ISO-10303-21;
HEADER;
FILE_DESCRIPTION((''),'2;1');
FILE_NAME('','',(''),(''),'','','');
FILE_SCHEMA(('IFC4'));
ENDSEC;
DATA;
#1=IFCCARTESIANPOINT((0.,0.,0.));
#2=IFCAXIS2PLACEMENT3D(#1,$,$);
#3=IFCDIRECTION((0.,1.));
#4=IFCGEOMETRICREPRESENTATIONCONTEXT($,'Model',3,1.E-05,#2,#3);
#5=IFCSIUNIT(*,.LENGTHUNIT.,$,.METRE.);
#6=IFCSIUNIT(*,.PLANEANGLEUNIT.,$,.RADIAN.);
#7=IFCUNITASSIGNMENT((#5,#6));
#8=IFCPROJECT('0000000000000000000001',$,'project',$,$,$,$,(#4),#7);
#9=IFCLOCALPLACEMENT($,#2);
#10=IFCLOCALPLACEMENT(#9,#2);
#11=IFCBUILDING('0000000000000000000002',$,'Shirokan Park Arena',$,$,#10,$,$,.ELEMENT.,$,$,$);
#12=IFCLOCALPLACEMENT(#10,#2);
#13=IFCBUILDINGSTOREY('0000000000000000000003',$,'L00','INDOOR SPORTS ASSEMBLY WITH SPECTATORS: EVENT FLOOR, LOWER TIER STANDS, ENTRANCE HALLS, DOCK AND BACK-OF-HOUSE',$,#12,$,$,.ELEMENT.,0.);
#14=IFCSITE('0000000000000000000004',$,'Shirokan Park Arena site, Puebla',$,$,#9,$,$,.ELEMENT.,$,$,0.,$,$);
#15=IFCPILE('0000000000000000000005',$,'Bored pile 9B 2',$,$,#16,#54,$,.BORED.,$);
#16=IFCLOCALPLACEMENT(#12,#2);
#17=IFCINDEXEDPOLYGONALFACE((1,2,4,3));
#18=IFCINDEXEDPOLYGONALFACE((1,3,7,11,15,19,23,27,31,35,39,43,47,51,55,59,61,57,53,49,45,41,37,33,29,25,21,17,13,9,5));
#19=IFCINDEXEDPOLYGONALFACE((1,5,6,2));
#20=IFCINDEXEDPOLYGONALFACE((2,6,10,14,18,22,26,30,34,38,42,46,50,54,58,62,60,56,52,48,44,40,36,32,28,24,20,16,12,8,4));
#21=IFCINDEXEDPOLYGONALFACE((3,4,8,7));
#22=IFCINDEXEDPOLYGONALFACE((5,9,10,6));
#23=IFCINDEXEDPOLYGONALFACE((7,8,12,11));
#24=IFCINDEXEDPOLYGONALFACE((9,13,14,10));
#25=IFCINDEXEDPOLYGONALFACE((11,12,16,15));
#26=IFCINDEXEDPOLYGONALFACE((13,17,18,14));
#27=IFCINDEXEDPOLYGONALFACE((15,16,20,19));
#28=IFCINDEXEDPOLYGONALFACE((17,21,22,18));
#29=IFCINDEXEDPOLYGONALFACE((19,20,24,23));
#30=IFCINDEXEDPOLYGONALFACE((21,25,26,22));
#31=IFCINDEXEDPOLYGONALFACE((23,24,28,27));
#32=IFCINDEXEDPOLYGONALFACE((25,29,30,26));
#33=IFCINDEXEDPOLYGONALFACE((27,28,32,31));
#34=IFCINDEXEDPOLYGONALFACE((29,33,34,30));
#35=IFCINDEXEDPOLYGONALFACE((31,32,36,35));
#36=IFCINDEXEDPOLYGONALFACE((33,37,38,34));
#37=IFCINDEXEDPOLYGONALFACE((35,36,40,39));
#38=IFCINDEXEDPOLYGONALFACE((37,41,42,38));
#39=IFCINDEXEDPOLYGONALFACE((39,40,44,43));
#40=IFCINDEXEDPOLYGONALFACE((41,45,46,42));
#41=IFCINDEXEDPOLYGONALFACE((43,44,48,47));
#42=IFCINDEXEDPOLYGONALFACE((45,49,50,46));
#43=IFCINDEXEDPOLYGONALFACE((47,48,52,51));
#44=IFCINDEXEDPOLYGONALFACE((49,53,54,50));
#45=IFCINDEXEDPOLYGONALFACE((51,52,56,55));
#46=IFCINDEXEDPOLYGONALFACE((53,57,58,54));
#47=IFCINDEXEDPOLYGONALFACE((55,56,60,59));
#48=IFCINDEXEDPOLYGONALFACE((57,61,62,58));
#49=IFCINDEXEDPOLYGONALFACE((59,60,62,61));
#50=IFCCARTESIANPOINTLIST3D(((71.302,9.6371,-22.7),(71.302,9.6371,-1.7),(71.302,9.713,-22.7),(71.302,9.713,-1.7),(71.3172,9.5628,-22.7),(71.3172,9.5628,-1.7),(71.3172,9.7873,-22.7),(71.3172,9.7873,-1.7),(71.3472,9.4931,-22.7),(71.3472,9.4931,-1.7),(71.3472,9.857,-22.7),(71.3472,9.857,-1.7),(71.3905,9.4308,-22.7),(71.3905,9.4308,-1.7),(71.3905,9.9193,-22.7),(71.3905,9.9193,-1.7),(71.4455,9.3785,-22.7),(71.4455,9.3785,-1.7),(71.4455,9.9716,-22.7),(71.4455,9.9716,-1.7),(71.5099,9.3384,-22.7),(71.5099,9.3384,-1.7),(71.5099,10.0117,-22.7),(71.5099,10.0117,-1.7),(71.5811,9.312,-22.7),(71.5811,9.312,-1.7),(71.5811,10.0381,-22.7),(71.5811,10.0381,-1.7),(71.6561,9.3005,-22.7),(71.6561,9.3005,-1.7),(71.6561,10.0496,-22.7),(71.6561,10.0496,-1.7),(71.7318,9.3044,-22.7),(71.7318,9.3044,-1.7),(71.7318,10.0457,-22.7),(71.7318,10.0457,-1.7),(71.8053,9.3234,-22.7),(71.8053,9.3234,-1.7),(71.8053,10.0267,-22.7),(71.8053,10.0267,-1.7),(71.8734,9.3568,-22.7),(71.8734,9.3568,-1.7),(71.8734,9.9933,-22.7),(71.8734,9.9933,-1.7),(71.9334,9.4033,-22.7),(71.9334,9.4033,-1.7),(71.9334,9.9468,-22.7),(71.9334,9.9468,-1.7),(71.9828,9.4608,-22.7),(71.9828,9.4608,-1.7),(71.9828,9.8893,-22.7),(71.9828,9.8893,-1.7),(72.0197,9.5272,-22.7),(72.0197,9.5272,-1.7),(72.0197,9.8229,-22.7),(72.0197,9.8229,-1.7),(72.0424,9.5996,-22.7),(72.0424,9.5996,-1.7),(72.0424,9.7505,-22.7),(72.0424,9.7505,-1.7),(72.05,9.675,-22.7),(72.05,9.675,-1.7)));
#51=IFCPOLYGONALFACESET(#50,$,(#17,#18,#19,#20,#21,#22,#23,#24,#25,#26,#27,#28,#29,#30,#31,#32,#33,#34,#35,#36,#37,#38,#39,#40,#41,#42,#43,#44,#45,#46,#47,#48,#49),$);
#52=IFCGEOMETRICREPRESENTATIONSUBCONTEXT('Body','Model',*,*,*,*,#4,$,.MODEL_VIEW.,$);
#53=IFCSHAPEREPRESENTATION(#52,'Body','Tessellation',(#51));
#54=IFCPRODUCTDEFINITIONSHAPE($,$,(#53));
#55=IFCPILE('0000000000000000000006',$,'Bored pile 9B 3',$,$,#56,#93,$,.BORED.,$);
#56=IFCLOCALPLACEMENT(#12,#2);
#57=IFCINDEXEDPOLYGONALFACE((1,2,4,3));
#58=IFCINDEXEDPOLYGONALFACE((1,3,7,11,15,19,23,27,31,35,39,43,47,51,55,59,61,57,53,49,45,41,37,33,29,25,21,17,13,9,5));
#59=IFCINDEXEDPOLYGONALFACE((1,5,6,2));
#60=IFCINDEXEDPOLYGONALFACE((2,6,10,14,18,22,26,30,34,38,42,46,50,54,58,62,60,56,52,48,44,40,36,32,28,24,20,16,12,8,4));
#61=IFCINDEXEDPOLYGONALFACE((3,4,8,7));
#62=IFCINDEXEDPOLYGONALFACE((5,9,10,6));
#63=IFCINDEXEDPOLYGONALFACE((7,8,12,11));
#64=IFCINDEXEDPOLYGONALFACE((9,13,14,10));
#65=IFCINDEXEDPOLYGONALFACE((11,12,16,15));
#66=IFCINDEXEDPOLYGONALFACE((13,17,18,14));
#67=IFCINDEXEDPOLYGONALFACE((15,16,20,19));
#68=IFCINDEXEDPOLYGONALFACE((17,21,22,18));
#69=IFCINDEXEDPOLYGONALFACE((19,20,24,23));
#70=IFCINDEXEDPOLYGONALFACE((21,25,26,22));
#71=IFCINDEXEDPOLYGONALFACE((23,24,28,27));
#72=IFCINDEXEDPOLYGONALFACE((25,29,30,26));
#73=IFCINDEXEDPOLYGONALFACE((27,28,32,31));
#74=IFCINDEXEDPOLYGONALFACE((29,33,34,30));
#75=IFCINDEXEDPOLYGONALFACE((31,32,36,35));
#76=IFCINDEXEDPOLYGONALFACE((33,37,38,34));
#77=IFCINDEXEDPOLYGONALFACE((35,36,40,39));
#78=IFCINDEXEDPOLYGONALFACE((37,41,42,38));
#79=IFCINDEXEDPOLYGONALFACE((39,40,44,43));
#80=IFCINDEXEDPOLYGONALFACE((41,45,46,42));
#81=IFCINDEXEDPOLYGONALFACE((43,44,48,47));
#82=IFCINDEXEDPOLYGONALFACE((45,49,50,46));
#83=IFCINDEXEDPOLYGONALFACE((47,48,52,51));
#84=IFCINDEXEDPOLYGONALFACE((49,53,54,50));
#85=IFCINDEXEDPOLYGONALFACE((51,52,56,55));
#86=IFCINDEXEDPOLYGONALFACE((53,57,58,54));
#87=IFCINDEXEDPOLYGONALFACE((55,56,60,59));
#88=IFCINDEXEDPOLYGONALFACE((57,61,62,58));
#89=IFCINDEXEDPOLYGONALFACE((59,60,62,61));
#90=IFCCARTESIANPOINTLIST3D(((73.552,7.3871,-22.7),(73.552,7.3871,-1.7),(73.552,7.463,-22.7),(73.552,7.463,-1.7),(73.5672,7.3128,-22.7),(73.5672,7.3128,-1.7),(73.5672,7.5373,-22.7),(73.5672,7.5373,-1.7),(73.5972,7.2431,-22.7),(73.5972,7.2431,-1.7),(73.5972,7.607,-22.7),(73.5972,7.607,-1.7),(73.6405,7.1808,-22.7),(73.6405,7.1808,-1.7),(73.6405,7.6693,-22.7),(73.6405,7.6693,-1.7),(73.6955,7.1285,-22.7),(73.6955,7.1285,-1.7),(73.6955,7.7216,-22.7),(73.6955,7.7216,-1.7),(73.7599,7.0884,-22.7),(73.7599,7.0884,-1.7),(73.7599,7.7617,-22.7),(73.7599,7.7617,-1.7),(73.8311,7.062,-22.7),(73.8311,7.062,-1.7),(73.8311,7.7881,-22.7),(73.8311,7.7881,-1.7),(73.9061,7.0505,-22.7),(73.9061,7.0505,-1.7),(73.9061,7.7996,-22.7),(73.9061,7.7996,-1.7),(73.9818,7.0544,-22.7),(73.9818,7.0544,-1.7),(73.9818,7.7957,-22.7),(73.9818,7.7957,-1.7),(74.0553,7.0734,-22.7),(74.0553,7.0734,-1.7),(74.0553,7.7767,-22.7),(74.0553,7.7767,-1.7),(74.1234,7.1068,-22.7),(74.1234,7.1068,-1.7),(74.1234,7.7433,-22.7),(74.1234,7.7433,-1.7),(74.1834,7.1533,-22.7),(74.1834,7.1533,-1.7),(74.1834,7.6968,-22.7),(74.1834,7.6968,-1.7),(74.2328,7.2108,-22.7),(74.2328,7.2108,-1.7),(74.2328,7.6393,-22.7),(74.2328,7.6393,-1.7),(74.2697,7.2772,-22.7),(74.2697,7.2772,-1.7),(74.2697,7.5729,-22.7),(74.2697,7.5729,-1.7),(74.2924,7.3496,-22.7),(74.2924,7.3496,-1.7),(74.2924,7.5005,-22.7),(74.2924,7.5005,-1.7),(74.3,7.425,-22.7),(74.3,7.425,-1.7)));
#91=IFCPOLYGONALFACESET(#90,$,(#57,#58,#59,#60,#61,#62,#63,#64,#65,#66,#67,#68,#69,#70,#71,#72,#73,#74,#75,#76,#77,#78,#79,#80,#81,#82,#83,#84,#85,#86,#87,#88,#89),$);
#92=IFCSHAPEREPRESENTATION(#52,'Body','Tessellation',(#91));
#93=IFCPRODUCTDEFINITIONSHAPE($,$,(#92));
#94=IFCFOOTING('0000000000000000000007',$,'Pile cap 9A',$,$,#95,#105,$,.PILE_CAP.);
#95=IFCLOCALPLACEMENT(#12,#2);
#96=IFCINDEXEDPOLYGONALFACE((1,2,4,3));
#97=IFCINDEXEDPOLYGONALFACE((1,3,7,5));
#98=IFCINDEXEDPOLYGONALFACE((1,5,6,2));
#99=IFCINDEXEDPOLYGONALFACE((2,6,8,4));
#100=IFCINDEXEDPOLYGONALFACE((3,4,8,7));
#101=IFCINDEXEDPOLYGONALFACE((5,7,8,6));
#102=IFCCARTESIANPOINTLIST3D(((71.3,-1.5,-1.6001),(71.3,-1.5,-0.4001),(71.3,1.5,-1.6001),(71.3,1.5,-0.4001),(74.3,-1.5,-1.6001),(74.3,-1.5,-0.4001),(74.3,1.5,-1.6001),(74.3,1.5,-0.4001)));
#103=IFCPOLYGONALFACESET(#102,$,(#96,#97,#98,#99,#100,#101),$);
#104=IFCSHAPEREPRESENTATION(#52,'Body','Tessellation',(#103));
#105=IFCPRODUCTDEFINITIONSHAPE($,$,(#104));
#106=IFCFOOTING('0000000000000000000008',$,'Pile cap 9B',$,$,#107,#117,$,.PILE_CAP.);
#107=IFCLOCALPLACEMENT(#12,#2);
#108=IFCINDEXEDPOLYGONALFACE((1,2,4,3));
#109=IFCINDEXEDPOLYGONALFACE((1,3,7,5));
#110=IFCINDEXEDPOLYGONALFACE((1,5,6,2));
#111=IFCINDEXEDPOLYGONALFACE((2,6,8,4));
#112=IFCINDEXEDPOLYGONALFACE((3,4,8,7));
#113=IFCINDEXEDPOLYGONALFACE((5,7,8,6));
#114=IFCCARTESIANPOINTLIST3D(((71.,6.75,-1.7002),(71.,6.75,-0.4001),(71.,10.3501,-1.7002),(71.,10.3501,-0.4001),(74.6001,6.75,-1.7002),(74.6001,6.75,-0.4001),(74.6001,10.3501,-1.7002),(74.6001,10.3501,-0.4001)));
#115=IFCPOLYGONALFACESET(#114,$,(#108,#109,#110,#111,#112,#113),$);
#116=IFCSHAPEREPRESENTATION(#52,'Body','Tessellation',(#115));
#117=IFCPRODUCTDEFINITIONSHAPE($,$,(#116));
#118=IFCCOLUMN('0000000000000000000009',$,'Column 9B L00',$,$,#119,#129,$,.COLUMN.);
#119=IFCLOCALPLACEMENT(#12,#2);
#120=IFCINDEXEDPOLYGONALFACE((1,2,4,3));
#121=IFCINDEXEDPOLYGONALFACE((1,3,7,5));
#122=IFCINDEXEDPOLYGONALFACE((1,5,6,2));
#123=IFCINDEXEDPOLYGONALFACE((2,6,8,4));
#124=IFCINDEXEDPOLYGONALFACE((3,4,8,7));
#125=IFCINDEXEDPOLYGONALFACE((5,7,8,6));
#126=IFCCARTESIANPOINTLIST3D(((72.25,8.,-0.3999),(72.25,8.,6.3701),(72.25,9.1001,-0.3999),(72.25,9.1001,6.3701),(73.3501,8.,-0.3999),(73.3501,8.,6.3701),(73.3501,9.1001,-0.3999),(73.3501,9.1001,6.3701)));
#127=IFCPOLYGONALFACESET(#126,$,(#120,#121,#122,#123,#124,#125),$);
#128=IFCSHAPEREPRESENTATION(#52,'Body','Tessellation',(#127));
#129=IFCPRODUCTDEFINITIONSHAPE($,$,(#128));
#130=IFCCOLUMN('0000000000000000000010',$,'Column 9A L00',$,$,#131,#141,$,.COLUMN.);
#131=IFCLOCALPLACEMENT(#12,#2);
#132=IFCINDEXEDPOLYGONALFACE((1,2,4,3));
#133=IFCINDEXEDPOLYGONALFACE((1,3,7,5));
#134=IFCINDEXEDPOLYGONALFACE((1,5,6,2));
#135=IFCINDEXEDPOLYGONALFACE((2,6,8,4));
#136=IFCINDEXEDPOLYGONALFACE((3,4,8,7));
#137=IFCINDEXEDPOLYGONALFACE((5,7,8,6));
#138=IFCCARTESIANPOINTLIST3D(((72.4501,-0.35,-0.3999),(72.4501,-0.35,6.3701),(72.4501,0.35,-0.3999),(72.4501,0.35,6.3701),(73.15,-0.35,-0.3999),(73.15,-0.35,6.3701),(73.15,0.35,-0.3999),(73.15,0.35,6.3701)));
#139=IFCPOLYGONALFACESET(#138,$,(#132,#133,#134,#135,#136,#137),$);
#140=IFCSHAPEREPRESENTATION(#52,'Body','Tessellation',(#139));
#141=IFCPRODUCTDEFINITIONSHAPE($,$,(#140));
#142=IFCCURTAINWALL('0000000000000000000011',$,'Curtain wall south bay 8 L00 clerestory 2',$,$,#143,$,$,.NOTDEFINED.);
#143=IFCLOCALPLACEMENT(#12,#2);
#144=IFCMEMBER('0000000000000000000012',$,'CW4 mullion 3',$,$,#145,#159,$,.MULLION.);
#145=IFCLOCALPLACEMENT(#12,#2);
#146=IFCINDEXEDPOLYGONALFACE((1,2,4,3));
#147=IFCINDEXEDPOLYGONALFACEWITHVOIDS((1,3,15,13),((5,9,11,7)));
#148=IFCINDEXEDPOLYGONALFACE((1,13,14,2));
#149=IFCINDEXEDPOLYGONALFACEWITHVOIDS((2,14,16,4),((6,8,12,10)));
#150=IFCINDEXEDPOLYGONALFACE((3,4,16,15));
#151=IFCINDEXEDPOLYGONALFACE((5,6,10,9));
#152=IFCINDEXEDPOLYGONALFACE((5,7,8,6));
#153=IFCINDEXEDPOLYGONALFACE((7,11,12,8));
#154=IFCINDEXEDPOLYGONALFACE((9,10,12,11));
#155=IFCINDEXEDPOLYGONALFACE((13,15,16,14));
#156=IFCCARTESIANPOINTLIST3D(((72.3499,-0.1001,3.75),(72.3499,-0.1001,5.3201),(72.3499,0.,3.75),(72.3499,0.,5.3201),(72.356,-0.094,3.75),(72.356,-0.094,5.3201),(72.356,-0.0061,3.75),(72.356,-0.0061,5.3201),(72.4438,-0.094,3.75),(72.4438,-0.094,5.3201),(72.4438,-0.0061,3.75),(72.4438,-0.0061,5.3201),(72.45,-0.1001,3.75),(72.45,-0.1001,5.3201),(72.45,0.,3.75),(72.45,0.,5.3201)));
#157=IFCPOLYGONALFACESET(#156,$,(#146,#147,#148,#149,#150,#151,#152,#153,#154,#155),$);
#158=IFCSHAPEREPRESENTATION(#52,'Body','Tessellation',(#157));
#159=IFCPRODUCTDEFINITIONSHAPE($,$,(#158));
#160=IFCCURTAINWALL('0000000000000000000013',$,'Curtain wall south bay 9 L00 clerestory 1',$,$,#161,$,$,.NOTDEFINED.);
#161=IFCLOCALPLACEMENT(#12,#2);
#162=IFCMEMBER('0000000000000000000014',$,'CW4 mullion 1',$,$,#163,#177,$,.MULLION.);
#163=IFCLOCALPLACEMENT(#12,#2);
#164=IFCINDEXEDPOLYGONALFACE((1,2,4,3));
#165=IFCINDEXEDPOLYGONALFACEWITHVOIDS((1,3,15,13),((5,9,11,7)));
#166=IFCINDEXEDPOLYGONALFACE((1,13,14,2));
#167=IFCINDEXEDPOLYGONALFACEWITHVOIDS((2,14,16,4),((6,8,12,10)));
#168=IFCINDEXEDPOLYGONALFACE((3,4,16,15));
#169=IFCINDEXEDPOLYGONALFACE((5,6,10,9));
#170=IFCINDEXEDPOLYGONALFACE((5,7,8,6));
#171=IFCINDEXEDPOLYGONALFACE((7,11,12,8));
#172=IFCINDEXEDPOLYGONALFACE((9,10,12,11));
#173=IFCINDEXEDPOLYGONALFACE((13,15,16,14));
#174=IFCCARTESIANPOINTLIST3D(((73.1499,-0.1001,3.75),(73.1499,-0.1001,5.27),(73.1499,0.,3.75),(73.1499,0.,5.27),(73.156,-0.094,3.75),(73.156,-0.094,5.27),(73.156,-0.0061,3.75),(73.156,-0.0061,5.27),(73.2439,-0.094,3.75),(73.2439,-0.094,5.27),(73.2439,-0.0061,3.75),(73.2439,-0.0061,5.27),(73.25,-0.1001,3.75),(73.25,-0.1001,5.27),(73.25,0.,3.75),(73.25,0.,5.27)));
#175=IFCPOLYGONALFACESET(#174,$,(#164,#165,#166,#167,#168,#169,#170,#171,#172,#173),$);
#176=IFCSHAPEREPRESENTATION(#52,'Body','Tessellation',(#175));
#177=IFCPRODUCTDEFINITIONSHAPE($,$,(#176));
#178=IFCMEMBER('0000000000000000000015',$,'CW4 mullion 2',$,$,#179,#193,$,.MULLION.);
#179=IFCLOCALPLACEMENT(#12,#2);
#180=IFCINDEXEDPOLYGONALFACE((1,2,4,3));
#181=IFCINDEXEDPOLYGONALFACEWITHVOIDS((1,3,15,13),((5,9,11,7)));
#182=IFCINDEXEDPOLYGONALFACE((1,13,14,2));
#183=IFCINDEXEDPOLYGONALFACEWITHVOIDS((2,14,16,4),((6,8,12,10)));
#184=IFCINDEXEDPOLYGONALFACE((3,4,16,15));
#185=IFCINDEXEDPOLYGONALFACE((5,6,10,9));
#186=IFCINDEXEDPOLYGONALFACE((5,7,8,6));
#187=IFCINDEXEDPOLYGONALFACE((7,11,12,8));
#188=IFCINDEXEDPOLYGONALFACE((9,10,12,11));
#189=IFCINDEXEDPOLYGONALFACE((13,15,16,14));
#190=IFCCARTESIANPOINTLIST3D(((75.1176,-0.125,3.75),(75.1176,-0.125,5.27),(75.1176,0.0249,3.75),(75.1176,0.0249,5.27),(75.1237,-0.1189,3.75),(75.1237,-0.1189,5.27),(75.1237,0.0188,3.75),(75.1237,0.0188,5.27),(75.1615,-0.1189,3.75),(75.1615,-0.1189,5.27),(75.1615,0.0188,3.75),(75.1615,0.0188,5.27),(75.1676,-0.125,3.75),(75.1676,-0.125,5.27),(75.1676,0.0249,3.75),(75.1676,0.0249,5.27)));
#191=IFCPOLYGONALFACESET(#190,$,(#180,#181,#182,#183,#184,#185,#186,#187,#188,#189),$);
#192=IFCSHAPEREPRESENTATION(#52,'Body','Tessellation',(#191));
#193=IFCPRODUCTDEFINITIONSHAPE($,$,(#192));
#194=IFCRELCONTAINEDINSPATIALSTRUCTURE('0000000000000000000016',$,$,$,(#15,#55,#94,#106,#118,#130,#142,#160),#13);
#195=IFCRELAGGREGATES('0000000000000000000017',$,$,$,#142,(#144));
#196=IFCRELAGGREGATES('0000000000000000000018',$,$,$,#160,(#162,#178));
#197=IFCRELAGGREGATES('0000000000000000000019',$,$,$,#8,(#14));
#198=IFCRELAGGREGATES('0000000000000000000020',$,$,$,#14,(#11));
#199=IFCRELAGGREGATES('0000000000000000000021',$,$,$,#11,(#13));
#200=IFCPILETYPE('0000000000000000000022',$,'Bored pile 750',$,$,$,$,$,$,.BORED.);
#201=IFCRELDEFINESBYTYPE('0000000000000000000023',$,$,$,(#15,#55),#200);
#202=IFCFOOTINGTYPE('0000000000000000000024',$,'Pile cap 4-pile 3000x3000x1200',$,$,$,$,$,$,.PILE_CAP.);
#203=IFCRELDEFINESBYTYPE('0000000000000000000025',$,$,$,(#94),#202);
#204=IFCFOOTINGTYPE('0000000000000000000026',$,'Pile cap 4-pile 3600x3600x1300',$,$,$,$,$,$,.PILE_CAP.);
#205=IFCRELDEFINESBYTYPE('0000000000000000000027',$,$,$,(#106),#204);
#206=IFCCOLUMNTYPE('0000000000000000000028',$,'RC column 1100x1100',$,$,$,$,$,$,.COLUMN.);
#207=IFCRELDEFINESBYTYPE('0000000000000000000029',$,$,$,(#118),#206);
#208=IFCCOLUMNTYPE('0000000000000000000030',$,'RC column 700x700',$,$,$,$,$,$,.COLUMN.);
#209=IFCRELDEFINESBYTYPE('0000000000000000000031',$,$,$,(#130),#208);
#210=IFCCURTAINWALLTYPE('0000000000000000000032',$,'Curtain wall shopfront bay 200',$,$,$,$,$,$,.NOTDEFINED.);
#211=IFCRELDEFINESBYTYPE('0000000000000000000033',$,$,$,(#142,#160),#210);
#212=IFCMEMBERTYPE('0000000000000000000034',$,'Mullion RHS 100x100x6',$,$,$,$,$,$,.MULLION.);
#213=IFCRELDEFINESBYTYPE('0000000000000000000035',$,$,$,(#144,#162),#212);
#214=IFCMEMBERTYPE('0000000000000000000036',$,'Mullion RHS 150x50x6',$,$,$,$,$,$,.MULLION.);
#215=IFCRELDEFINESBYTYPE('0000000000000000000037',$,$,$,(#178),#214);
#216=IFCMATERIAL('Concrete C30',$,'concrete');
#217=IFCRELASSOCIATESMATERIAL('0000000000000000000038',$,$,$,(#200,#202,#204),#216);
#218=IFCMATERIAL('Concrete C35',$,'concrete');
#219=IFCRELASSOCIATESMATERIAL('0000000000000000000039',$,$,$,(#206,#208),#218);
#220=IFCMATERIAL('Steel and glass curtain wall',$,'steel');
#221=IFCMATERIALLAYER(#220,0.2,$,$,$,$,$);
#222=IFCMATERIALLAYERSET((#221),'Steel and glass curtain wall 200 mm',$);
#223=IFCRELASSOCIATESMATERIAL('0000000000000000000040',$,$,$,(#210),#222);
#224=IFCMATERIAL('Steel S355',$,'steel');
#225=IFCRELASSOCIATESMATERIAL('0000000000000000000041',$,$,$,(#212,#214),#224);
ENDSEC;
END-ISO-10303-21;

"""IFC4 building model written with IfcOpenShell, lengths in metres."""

from ifc_helpers import new_model, si_unit, direction, frame, origin, origin_2d, place, context, subcontext, project, spatial, rectangle, hollow_rectangle, circle, extrude, material, layer, layer_set, material_profile, profile_set, type_object, element, aggregate, save


model = new_model("IFC4")

# Units and contexts
model_context = context("Model", 3, precision=1e-05, world=origin(), true_north=direction((0.0, 1.0)))
body_context = subcontext(model_context, "Body", "Model", "MODEL_VIEW")
ifc_project = project(units=[si_unit("LENGTHUNIT", "METRE"), si_unit("PLANEANGLEUNIT", "RADIAN")], contexts=[model_context])

# Site, building, storey
site_placement = place(None, origin())
site = spatial("IfcSite", under=ifc_project, at=site_placement, Name="Shirokan Park Arena site, Puebla", CompositionType="ELEMENT", RefElevation=0.0)
building_placement = place(site_placement, origin())
building = spatial("IfcBuilding", under=site, at=building_placement, Name="Shirokan Park Arena", CompositionType="ELEMENT")
storey_placement = place(building_placement, origin())
storey = spatial("IfcBuildingStorey", under=building, at=storey_placement, Name="L00", Description="INDOOR SPORTS ASSEMBLY WITH SPECTATORS: EVENT FLOOR, LOWER TIER STANDS, ENTRANCE HALLS, DOCK AND BACK-OF-HOUSE", CompositionType="ELEMENT", Elevation=0.0)

# Piles
ifc_material_1 = material(Name="Concrete C30", Category="concrete")
ifc_material_profile_1 = material_profile(ifc_material_1, circle(Radius=0.375, at=origin_2d()), Name="D750")
ifc_profile_set_1 = profile_set([ifc_material_profile_1], Name="Concrete C30")
pile_type_1 = type_object("IfcPileType", Name="Bored pile 750", PredefinedType="BORED", material=ifc_profile_set_1)
for number, where, z_axis, x_axis, name in (
    (1, (71.675, 9.675, -1.7), (0.0, 0.0, -1.0), (1.0, 0.0, 0.0), "Bored pile 9B 2"),
    (2, (73.925, 7.425, -1.7), (0.0, 0.0, -1.0), (1.0, 0.0, 0.0), "Bored pile 9B 3"),
):
    element("IfcPile", number, at=place(storey_placement, frame(where, z_axis=z_axis, x_axis=x_axis)), inside=storey, type_object=pile_type_1, Name=name, PredefinedType="BORED", context=body_context, shape_type="SweptSolid", body=[
        extrude(circle(Radius=0.375, at=origin_2d()), origin(), (0.0, 0.0, 1.0), 21.0),
    ])

# Footings
footing_type_1 = type_object("IfcFootingType", Name="Pile cap 4-pile 3000x3000x1200", PredefinedType="PILE_CAP", material=ifc_material_1)
footing_1_placement = place(storey_placement, frame((72.8, 0.0, -1.6001), z_axis=(0.0, 0.0, 1.0), x_axis=(1.0, 0.0, 0.0)))
element("IfcFooting", 3, at=footing_1_placement, inside=storey, type_object=footing_type_1, Name="Pile cap 9A", PredefinedType="PILE_CAP", context=body_context, shape_type="SweptSolid", body=[
    extrude(rectangle(XDim=3.0, YDim=3.0, at=origin_2d()), origin(), (0.0, 0.0, 1.0), 1.2),
])
footing_type_2 = type_object("IfcFootingType", Name="Pile cap 4-pile 3600x3600x1300", PredefinedType="PILE_CAP", material=ifc_material_1)
footing_2_placement = place(storey_placement, frame((72.8, 8.55, -1.7002), z_axis=(0.0, 0.0, 1.0), x_axis=(1.0, 0.0, 0.0)))
element("IfcFooting", 4, at=footing_2_placement, inside=storey, type_object=footing_type_2, Name="Pile cap 9B", PredefinedType="PILE_CAP", context=body_context, shape_type="SweptSolid", body=[
    extrude(rectangle(XDim=3.6001, YDim=3.6001, at=origin_2d()), origin(), (0.0, 0.0, 1.0), 1.3),
])

# Columns
ifc_material_2 = material(Name="Concrete C35", Category="concrete")
ifc_material_profile_2 = material_profile(ifc_material_2, rectangle(XDim=1.1001, YDim=1.1001, at=origin_2d()), Name="1100x1100")
ifc_profile_set_2 = profile_set([ifc_material_profile_2], Name="Concrete C35")
column_type_1 = type_object("IfcColumnType", Name="RC column 1100x1100", PredefinedType="COLUMN", material=ifc_profile_set_2)
column_1_placement = place(storey_placement, frame((72.8, 8.55, -0.3999), z_axis=(0.0, 0.0, 1.0), x_axis=(1.0, 0.0, 0.0)))
element("IfcColumn", 5, at=column_1_placement, inside=storey, type_object=column_type_1, Name="Column 9B L00", PredefinedType="COLUMN", context=body_context, shape_type="SweptSolid", body=[
    extrude(rectangle(XDim=1.1001, YDim=1.1001, at=origin_2d()), origin(), (0.0, 0.0, 1.0), 6.77),
])
ifc_material_profile_3 = material_profile(ifc_material_2, rectangle(XDim=0.7, YDim=0.7, at=origin_2d()), Name="700x700")
ifc_profile_set_3 = profile_set([ifc_material_profile_3], Name="Concrete C35")
column_type_2 = type_object("IfcColumnType", Name="RC column 700x700", PredefinedType="COLUMN", material=ifc_profile_set_3)
column_2_placement = place(storey_placement, frame((72.8, 0.0, -0.3999), z_axis=(0.0, 0.0, 1.0), x_axis=(1.0, 0.0, 0.0)))
element("IfcColumn", 6, at=column_2_placement, inside=storey, type_object=column_type_2, Name="Column 9A L00", PredefinedType="COLUMN", context=body_context, shape_type="SweptSolid", body=[
    extrude(rectangle(XDim=0.7, YDim=0.7, at=origin_2d()), origin(), (0.0, 0.0, 1.0), 6.77),
])

# Curtain wall, member
ifc_material_3 = material(Name="Steel and glass curtain wall", Category="steel")
ifc_layer_1 = layer(ifc_material_3, 0.2)
ifc_layer_set_1 = layer_set([ifc_layer_1], Name="Steel and glass curtain wall 200 mm")
curtain_wall_type = type_object("IfcCurtainWallType", Name="Curtain wall shopfront bay 200", PredefinedType="NOTDEFINED", material=ifc_layer_set_1)
curtain_wall_1_placement = place(storey_placement, origin())
curtain_wall_1 = element("IfcCurtainWall", 7, at=curtain_wall_1_placement, inside=storey, type_object=curtain_wall_type, Name="Curtain wall south bay 8 L00 clerestory 2", PredefinedType="NOTDEFINED")
ifc_material_4 = material(Name="Steel S355", Category="steel")
ifc_material_profile_4 = material_profile(ifc_material_4, hollow_rectangle(XDim=0.1001, YDim=0.1001, WallThickness=0.0061, at=origin_2d()), Name="RHS 100x100x6")
ifc_profile_set_4 = profile_set([ifc_material_profile_4], Name="Steel S355")
member_type_1 = type_object("IfcMemberType", Name="Mullion RHS 100x100x6", PredefinedType="MULLION", material=ifc_profile_set_4)
member_1_placement = place(storey_placement, frame((72.3999, -0.05, 3.75), z_axis=(0.0, 0.0, 1.0), x_axis=(0.0, 1.0, 0.0)))
member_1 = element("IfcMember", 8, at=member_1_placement, type_object=member_type_1, Name="CW4 mullion 3", PredefinedType="MULLION", context=body_context, shape_type="SweptSolid", body=[
    extrude(hollow_rectangle(XDim=0.1001, YDim=0.1001, WallThickness=0.0061, at=origin_2d()), origin(), (0.0, 0.0, 1.0), 1.5701),
])
aggregate(curtain_wall_1, [member_1])

# Curtain wall, members
curtain_wall_2_placement = place(storey_placement, origin())
curtain_wall_2 = element("IfcCurtainWall", 9, at=curtain_wall_2_placement, inside=storey, type_object=curtain_wall_type, Name="Curtain wall south bay 9 L00 clerestory 1", PredefinedType="NOTDEFINED")
member_2_placement = place(storey_placement, frame((73.2, -0.05, 3.75), z_axis=(0.0, 0.0, 1.0), x_axis=(0.0, 1.0, 0.0)))
member_2 = element("IfcMember", 10, at=member_2_placement, type_object=member_type_1, Name="CW4 mullion 1", PredefinedType="MULLION", context=body_context, shape_type="SweptSolid", body=[
    extrude(hollow_rectangle(XDim=0.1001, YDim=0.1001, WallThickness=0.0061, at=origin_2d()), origin(), (0.0, 0.0, 1.0), 1.52),
])
ifc_material_profile_5 = material_profile(ifc_material_4, hollow_rectangle(XDim=0.1499, YDim=0.05, WallThickness=0.0061, at=origin_2d()), Name="RHS 150x50x6")
ifc_profile_set_5 = profile_set([ifc_material_profile_5], Name="Steel S355")
member_type_2 = type_object("IfcMemberType", Name="Mullion RHS 150x50x6", PredefinedType="MULLION", material=ifc_profile_set_5)
member_3_placement = place(storey_placement, frame((75.1426, -0.05, 3.75), z_axis=(0.0, 0.0, 1.0), x_axis=(0.0, 1.0, 0.0)))
member_3 = element("IfcMember", 11, at=member_3_placement, type_object=member_type_2, Name="CW4 mullion 2", PredefinedType="MULLION", context=body_context, shape_type="SweptSolid", body=[
    extrude(hollow_rectangle(XDim=0.1499, YDim=0.05, WallThickness=0.0061, at=origin_2d()), origin(), (0.0, 0.0, 1.0), 1.52),
])
aggregate(curtain_wall_2, [member_2, member_3])

save(model, "model.ifc")
